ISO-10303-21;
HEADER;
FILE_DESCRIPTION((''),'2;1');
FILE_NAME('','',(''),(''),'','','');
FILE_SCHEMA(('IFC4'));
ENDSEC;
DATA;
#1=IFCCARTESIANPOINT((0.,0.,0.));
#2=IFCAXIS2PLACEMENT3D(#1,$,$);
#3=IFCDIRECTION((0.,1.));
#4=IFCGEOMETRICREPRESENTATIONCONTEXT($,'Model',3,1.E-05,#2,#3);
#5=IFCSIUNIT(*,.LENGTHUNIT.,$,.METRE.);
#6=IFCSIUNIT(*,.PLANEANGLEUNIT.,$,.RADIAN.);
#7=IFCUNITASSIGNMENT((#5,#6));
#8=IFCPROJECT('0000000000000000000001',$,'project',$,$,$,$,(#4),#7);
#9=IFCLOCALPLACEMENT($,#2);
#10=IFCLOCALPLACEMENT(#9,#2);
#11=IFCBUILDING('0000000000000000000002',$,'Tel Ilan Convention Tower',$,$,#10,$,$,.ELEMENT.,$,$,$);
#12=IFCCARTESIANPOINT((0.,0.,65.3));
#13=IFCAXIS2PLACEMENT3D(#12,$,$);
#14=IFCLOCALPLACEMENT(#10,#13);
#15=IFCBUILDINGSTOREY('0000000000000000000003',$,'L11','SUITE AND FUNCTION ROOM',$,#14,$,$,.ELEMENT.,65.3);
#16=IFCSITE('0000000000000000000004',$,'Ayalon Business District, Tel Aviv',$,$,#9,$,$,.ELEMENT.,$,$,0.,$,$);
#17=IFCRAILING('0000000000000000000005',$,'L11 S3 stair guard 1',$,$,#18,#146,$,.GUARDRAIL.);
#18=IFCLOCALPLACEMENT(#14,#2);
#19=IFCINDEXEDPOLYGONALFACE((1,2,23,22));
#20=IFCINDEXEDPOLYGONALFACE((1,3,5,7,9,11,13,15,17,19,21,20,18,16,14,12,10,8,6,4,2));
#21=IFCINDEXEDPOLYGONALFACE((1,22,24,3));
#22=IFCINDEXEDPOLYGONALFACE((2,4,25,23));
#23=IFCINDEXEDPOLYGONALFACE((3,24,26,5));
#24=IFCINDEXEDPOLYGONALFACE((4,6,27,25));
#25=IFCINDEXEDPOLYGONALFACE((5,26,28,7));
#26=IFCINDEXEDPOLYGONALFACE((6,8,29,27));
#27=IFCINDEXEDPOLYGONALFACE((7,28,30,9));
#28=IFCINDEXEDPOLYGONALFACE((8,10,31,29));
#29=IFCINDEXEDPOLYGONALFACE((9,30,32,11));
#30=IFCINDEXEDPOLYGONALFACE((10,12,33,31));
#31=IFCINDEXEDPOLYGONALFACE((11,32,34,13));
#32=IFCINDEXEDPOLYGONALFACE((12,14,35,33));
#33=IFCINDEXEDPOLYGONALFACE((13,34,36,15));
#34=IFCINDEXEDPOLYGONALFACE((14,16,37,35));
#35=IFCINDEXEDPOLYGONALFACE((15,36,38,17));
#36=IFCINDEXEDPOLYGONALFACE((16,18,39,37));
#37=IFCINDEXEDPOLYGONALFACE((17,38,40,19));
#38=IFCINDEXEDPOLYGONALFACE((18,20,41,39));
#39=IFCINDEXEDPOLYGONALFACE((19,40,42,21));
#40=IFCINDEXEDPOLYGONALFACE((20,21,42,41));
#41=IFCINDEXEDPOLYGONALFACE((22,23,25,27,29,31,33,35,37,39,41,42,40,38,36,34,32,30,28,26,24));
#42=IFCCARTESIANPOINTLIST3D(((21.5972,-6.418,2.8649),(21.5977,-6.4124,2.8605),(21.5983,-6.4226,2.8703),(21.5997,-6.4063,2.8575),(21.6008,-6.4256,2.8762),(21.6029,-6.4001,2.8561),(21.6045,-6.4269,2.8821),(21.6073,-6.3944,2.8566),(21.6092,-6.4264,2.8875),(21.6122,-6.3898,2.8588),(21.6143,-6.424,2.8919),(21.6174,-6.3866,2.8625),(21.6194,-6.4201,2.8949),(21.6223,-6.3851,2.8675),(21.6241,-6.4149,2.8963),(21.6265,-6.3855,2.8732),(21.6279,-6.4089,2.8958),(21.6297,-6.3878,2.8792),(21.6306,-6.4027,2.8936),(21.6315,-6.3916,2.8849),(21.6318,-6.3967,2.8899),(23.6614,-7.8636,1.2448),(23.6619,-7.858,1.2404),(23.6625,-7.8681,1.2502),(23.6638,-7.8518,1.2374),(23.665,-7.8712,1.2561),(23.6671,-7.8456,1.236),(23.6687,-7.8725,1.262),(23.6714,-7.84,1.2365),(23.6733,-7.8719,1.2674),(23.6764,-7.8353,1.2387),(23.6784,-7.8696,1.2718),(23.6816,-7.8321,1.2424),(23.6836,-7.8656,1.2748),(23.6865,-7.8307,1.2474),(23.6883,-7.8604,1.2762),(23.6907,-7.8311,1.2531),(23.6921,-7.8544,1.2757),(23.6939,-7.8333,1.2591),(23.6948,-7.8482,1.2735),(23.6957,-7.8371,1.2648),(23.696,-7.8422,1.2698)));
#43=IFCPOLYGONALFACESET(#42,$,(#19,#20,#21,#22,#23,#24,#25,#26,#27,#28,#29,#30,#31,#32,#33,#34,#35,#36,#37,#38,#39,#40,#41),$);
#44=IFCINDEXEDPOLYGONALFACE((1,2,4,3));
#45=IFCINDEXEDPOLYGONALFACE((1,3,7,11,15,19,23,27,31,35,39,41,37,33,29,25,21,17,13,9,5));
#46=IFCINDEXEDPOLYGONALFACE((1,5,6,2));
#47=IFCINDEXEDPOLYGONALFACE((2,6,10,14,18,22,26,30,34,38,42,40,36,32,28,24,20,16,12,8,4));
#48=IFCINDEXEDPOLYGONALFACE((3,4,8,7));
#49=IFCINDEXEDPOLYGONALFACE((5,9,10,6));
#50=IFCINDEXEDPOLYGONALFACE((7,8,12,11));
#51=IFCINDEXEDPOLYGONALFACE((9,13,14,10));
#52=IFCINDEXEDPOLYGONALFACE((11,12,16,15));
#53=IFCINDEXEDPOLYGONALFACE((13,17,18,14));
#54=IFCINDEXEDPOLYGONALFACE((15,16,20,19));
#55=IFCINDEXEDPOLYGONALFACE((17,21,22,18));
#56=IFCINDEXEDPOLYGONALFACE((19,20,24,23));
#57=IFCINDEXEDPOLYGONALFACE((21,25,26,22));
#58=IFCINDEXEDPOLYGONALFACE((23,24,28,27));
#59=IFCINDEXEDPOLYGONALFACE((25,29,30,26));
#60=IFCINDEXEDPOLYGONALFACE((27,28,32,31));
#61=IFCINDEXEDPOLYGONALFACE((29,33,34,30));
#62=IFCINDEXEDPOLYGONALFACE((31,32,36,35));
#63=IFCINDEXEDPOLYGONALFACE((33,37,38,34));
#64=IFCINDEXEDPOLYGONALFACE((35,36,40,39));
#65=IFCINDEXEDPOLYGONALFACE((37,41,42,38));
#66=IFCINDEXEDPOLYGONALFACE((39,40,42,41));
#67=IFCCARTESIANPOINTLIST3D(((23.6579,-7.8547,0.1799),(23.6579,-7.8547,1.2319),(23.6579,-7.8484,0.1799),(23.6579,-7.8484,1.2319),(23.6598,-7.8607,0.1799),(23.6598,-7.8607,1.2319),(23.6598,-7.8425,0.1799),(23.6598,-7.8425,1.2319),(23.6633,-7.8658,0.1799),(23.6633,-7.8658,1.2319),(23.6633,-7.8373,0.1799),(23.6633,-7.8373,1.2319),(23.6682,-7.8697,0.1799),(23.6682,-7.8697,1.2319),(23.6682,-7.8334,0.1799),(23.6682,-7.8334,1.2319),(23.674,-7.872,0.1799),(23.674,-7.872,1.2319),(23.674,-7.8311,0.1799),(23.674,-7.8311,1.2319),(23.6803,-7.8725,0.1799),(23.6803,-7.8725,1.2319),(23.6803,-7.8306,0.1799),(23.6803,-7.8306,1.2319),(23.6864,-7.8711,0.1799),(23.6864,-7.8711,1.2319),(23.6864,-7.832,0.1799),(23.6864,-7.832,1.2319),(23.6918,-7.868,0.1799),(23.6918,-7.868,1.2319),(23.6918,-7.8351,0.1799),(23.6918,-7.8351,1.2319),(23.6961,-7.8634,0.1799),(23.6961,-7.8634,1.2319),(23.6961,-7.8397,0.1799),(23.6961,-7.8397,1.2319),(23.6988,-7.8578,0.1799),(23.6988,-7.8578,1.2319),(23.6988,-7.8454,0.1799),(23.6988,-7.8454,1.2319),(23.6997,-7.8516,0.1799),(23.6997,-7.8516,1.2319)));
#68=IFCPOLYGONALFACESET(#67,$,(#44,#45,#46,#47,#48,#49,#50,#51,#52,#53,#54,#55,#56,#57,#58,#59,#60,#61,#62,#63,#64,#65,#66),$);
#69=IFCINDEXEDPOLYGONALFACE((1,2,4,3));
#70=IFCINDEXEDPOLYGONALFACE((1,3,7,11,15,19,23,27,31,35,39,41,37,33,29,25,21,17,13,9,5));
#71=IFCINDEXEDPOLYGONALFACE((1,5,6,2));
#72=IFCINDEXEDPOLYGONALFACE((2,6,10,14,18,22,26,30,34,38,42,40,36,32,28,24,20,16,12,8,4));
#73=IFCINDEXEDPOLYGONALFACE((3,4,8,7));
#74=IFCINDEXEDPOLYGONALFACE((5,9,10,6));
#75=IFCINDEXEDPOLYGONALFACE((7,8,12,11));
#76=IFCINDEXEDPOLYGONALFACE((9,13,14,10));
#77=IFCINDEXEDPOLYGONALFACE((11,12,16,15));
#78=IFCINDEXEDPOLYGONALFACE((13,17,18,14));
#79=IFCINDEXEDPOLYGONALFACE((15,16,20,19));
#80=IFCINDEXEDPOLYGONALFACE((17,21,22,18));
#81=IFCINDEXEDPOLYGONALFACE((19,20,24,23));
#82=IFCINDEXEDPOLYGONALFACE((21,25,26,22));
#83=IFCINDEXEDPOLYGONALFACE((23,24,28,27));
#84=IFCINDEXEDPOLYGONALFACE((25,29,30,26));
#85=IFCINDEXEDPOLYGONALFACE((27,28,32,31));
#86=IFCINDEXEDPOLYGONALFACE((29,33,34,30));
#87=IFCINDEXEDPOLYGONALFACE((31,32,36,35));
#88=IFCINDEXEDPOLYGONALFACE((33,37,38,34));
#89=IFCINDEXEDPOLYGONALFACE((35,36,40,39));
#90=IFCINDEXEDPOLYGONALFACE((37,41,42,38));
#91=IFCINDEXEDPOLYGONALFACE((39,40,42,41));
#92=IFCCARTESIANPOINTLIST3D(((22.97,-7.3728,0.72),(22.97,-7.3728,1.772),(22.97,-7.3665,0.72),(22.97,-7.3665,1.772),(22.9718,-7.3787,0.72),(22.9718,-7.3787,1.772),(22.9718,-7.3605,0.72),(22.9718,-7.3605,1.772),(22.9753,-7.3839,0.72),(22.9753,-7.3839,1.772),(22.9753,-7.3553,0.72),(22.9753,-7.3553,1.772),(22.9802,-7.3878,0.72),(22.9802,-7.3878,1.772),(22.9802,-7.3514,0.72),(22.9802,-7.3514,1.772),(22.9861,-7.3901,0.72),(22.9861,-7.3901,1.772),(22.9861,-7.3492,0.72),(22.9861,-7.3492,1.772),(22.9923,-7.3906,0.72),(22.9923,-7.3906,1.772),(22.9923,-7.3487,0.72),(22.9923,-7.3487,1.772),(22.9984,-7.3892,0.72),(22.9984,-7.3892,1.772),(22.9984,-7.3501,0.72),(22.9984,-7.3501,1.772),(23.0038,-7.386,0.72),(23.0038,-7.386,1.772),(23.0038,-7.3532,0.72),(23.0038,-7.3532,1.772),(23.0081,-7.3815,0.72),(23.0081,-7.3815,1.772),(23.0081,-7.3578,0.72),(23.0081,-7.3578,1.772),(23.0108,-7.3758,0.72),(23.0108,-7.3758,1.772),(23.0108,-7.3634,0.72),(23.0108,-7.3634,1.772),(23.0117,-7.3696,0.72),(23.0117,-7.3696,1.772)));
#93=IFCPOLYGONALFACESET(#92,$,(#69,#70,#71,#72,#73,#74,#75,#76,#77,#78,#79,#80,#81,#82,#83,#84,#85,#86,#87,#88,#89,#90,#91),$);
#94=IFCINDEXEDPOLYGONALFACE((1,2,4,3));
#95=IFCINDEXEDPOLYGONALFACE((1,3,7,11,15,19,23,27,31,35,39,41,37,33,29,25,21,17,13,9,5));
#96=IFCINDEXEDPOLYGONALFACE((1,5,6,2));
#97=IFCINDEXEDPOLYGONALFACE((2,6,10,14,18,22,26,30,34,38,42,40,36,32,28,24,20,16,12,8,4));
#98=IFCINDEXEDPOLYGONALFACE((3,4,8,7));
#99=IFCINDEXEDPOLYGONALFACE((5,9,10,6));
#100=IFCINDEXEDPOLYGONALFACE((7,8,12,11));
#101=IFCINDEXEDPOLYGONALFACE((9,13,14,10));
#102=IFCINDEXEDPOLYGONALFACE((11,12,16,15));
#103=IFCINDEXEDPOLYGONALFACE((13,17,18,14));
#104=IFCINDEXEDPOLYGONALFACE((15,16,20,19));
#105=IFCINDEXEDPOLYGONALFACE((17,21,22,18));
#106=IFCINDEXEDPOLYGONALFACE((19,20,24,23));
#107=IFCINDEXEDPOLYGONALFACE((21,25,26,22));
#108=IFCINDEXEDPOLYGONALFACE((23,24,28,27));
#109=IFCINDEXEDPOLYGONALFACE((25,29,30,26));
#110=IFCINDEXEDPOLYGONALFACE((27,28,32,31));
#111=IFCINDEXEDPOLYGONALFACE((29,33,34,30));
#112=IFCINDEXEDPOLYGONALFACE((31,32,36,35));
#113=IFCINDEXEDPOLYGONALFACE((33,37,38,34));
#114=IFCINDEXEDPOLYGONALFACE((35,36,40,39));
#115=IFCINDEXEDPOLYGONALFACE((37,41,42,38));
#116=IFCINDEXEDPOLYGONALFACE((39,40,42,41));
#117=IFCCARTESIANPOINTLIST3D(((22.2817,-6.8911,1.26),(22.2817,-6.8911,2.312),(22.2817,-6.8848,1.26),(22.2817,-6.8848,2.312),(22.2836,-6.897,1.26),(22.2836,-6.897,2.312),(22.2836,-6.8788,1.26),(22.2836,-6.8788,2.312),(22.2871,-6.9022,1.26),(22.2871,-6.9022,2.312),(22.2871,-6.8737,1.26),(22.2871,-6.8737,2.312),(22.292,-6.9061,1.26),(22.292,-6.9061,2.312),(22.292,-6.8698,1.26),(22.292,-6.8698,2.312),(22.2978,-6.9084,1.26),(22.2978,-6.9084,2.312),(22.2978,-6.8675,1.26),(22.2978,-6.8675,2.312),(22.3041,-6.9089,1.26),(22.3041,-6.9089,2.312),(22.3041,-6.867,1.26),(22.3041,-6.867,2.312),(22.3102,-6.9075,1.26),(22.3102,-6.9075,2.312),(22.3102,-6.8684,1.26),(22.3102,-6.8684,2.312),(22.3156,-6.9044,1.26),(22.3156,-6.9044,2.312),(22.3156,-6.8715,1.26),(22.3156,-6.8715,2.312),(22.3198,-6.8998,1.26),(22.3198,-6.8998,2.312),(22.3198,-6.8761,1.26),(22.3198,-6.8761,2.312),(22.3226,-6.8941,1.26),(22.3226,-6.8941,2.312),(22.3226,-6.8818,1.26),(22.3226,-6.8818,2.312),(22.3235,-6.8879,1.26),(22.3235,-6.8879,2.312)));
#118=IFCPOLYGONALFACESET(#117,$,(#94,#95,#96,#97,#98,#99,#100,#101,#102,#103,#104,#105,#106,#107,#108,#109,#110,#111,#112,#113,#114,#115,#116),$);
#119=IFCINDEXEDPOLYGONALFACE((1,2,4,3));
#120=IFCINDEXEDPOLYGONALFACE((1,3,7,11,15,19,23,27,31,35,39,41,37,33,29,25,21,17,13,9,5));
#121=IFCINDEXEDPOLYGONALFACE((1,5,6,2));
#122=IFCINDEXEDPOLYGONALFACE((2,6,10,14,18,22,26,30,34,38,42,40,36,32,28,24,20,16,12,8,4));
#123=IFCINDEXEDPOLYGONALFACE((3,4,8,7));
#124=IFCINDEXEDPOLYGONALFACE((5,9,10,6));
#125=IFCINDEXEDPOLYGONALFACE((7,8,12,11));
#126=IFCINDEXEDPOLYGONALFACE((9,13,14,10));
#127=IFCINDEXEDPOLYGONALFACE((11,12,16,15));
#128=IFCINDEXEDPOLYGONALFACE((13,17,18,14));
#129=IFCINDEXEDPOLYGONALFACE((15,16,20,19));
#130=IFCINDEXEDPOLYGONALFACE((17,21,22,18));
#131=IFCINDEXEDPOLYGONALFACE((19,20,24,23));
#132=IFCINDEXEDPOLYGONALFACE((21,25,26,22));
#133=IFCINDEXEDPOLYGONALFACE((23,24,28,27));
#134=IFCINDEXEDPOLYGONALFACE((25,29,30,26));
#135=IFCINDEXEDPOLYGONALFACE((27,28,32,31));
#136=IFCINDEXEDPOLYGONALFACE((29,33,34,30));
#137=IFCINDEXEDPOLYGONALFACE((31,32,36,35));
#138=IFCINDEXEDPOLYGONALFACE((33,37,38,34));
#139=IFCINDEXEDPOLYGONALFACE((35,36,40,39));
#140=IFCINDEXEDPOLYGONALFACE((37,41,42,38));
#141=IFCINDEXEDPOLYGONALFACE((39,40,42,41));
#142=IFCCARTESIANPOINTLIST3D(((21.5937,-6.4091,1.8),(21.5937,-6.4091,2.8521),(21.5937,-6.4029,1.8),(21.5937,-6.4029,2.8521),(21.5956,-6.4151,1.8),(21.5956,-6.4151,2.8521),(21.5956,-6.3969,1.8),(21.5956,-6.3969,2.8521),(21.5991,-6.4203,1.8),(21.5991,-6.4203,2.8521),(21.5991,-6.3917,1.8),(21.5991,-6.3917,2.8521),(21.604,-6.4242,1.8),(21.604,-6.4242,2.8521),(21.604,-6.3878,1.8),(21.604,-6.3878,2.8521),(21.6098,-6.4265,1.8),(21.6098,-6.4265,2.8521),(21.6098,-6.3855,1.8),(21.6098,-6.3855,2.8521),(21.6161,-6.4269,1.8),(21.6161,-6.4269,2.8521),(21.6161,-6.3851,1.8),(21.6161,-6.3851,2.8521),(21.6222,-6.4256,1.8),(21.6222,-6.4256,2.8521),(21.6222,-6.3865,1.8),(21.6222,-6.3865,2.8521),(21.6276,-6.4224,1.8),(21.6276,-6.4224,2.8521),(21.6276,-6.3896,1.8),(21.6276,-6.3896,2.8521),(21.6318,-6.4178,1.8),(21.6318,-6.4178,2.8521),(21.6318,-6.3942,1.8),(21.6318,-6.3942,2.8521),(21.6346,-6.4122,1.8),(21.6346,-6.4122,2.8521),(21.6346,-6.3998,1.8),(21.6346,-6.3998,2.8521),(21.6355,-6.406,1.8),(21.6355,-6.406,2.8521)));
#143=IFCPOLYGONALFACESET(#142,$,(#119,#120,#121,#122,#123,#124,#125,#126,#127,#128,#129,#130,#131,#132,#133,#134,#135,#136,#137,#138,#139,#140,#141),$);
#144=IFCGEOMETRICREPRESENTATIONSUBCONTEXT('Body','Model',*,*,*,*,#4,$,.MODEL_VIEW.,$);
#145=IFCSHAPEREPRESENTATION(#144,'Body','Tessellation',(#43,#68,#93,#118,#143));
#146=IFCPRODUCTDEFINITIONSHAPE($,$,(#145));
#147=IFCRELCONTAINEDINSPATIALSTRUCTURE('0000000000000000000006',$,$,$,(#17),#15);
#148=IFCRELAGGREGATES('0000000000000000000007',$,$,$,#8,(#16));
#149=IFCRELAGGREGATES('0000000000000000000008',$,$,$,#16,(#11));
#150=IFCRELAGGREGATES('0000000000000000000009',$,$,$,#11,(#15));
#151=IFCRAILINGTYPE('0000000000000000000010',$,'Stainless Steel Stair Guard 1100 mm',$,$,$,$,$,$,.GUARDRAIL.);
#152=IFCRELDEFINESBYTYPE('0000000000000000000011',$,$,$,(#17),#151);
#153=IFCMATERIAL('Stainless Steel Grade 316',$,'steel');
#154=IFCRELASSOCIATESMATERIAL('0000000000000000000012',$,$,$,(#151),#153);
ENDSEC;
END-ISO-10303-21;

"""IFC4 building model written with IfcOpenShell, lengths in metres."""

from ifc_helpers import new_model, si_unit, direction, frame, origin, origin_2d, place, context, subcontext, project, spatial, circle, extrude, material, type_object, element, save


model = new_model("IFC4")

# Units and contexts
model_context = context("Model", 3, precision=1e-05, world=origin(), true_north=direction((0.0, 1.0)))
body_context = subcontext(model_context, "Body", "Model", "MODEL_VIEW")
ifc_project = project(units=[si_unit("LENGTHUNIT", "METRE"), si_unit("PLANEANGLEUNIT", "RADIAN")], contexts=[model_context])

# Site, building, storey
site_placement = place(None, origin())
site = spatial("IfcSite", under=ifc_project, at=site_placement, Name="Ayalon Business District, Tel Aviv", CompositionType="ELEMENT", RefElevation=0.0)
building_placement = place(site_placement, origin())
building = spatial("IfcBuilding", under=site, at=building_placement, Name="Tel Ilan Convention Tower", CompositionType="ELEMENT")
storey_placement = place(building_placement, frame((0.0, 0.0, 65.3)))
storey = spatial("IfcBuildingStorey", under=building, at=storey_placement, Name="L11", Description="SUITE AND FUNCTION ROOM", CompositionType="ELEMENT", Elevation=65.3)

# Railing
ifc_material_1 = material(Name="Stainless Steel Grade 316", Category="steel")
railing_type_1 = type_object("IfcRailingType", Name="Stainless Steel Stair Guard 1100 mm", PredefinedType="GUARDRAIL", material=ifc_material_1)
railing_1_placement = place(storey_placement, frame((23.6787, -7.8516, 0.1799)))
element("IfcRailing", 1, at=railing_1_placement, inside=storey, type_object=railing_type_1, Name="L11 S3 stair guard 1", PredefinedType="GUARDRAIL", context=body_context, shape_type="SweptSolid", body=[
    extrude(circle(Radius=0.0239, at=origin_2d()), frame((0.0, 0.0, 1.0762), z_axis=(-0.689013, 0.482513, 0.540779), x_axis=(-0.573625, -0.819118, 0.0)), (0.0, 0.0, 1.0), 2.9958),
    extrude(circle(Radius=0.021, at=origin_2d()), origin(), (0.0, 0.0, 1.0), 1.052),
    extrude(circle(Radius=0.021, at=origin_2d()), frame((-0.688, 0.4819, 0.54)), (0.0, 0.0, 1.0), 1.052),
    extrude(circle(Radius=0.021, at=origin_2d()), frame((-1.3762, 0.9636, 1.0801)), (0.0, 0.0, 1.0), 1.052),
    extrude(circle(Radius=0.021, at=origin_2d()), frame((-2.0642, 1.4456, 1.6201)), (0.0, 0.0, 1.0), 1.052),
])

save(model, "model.ifc")
